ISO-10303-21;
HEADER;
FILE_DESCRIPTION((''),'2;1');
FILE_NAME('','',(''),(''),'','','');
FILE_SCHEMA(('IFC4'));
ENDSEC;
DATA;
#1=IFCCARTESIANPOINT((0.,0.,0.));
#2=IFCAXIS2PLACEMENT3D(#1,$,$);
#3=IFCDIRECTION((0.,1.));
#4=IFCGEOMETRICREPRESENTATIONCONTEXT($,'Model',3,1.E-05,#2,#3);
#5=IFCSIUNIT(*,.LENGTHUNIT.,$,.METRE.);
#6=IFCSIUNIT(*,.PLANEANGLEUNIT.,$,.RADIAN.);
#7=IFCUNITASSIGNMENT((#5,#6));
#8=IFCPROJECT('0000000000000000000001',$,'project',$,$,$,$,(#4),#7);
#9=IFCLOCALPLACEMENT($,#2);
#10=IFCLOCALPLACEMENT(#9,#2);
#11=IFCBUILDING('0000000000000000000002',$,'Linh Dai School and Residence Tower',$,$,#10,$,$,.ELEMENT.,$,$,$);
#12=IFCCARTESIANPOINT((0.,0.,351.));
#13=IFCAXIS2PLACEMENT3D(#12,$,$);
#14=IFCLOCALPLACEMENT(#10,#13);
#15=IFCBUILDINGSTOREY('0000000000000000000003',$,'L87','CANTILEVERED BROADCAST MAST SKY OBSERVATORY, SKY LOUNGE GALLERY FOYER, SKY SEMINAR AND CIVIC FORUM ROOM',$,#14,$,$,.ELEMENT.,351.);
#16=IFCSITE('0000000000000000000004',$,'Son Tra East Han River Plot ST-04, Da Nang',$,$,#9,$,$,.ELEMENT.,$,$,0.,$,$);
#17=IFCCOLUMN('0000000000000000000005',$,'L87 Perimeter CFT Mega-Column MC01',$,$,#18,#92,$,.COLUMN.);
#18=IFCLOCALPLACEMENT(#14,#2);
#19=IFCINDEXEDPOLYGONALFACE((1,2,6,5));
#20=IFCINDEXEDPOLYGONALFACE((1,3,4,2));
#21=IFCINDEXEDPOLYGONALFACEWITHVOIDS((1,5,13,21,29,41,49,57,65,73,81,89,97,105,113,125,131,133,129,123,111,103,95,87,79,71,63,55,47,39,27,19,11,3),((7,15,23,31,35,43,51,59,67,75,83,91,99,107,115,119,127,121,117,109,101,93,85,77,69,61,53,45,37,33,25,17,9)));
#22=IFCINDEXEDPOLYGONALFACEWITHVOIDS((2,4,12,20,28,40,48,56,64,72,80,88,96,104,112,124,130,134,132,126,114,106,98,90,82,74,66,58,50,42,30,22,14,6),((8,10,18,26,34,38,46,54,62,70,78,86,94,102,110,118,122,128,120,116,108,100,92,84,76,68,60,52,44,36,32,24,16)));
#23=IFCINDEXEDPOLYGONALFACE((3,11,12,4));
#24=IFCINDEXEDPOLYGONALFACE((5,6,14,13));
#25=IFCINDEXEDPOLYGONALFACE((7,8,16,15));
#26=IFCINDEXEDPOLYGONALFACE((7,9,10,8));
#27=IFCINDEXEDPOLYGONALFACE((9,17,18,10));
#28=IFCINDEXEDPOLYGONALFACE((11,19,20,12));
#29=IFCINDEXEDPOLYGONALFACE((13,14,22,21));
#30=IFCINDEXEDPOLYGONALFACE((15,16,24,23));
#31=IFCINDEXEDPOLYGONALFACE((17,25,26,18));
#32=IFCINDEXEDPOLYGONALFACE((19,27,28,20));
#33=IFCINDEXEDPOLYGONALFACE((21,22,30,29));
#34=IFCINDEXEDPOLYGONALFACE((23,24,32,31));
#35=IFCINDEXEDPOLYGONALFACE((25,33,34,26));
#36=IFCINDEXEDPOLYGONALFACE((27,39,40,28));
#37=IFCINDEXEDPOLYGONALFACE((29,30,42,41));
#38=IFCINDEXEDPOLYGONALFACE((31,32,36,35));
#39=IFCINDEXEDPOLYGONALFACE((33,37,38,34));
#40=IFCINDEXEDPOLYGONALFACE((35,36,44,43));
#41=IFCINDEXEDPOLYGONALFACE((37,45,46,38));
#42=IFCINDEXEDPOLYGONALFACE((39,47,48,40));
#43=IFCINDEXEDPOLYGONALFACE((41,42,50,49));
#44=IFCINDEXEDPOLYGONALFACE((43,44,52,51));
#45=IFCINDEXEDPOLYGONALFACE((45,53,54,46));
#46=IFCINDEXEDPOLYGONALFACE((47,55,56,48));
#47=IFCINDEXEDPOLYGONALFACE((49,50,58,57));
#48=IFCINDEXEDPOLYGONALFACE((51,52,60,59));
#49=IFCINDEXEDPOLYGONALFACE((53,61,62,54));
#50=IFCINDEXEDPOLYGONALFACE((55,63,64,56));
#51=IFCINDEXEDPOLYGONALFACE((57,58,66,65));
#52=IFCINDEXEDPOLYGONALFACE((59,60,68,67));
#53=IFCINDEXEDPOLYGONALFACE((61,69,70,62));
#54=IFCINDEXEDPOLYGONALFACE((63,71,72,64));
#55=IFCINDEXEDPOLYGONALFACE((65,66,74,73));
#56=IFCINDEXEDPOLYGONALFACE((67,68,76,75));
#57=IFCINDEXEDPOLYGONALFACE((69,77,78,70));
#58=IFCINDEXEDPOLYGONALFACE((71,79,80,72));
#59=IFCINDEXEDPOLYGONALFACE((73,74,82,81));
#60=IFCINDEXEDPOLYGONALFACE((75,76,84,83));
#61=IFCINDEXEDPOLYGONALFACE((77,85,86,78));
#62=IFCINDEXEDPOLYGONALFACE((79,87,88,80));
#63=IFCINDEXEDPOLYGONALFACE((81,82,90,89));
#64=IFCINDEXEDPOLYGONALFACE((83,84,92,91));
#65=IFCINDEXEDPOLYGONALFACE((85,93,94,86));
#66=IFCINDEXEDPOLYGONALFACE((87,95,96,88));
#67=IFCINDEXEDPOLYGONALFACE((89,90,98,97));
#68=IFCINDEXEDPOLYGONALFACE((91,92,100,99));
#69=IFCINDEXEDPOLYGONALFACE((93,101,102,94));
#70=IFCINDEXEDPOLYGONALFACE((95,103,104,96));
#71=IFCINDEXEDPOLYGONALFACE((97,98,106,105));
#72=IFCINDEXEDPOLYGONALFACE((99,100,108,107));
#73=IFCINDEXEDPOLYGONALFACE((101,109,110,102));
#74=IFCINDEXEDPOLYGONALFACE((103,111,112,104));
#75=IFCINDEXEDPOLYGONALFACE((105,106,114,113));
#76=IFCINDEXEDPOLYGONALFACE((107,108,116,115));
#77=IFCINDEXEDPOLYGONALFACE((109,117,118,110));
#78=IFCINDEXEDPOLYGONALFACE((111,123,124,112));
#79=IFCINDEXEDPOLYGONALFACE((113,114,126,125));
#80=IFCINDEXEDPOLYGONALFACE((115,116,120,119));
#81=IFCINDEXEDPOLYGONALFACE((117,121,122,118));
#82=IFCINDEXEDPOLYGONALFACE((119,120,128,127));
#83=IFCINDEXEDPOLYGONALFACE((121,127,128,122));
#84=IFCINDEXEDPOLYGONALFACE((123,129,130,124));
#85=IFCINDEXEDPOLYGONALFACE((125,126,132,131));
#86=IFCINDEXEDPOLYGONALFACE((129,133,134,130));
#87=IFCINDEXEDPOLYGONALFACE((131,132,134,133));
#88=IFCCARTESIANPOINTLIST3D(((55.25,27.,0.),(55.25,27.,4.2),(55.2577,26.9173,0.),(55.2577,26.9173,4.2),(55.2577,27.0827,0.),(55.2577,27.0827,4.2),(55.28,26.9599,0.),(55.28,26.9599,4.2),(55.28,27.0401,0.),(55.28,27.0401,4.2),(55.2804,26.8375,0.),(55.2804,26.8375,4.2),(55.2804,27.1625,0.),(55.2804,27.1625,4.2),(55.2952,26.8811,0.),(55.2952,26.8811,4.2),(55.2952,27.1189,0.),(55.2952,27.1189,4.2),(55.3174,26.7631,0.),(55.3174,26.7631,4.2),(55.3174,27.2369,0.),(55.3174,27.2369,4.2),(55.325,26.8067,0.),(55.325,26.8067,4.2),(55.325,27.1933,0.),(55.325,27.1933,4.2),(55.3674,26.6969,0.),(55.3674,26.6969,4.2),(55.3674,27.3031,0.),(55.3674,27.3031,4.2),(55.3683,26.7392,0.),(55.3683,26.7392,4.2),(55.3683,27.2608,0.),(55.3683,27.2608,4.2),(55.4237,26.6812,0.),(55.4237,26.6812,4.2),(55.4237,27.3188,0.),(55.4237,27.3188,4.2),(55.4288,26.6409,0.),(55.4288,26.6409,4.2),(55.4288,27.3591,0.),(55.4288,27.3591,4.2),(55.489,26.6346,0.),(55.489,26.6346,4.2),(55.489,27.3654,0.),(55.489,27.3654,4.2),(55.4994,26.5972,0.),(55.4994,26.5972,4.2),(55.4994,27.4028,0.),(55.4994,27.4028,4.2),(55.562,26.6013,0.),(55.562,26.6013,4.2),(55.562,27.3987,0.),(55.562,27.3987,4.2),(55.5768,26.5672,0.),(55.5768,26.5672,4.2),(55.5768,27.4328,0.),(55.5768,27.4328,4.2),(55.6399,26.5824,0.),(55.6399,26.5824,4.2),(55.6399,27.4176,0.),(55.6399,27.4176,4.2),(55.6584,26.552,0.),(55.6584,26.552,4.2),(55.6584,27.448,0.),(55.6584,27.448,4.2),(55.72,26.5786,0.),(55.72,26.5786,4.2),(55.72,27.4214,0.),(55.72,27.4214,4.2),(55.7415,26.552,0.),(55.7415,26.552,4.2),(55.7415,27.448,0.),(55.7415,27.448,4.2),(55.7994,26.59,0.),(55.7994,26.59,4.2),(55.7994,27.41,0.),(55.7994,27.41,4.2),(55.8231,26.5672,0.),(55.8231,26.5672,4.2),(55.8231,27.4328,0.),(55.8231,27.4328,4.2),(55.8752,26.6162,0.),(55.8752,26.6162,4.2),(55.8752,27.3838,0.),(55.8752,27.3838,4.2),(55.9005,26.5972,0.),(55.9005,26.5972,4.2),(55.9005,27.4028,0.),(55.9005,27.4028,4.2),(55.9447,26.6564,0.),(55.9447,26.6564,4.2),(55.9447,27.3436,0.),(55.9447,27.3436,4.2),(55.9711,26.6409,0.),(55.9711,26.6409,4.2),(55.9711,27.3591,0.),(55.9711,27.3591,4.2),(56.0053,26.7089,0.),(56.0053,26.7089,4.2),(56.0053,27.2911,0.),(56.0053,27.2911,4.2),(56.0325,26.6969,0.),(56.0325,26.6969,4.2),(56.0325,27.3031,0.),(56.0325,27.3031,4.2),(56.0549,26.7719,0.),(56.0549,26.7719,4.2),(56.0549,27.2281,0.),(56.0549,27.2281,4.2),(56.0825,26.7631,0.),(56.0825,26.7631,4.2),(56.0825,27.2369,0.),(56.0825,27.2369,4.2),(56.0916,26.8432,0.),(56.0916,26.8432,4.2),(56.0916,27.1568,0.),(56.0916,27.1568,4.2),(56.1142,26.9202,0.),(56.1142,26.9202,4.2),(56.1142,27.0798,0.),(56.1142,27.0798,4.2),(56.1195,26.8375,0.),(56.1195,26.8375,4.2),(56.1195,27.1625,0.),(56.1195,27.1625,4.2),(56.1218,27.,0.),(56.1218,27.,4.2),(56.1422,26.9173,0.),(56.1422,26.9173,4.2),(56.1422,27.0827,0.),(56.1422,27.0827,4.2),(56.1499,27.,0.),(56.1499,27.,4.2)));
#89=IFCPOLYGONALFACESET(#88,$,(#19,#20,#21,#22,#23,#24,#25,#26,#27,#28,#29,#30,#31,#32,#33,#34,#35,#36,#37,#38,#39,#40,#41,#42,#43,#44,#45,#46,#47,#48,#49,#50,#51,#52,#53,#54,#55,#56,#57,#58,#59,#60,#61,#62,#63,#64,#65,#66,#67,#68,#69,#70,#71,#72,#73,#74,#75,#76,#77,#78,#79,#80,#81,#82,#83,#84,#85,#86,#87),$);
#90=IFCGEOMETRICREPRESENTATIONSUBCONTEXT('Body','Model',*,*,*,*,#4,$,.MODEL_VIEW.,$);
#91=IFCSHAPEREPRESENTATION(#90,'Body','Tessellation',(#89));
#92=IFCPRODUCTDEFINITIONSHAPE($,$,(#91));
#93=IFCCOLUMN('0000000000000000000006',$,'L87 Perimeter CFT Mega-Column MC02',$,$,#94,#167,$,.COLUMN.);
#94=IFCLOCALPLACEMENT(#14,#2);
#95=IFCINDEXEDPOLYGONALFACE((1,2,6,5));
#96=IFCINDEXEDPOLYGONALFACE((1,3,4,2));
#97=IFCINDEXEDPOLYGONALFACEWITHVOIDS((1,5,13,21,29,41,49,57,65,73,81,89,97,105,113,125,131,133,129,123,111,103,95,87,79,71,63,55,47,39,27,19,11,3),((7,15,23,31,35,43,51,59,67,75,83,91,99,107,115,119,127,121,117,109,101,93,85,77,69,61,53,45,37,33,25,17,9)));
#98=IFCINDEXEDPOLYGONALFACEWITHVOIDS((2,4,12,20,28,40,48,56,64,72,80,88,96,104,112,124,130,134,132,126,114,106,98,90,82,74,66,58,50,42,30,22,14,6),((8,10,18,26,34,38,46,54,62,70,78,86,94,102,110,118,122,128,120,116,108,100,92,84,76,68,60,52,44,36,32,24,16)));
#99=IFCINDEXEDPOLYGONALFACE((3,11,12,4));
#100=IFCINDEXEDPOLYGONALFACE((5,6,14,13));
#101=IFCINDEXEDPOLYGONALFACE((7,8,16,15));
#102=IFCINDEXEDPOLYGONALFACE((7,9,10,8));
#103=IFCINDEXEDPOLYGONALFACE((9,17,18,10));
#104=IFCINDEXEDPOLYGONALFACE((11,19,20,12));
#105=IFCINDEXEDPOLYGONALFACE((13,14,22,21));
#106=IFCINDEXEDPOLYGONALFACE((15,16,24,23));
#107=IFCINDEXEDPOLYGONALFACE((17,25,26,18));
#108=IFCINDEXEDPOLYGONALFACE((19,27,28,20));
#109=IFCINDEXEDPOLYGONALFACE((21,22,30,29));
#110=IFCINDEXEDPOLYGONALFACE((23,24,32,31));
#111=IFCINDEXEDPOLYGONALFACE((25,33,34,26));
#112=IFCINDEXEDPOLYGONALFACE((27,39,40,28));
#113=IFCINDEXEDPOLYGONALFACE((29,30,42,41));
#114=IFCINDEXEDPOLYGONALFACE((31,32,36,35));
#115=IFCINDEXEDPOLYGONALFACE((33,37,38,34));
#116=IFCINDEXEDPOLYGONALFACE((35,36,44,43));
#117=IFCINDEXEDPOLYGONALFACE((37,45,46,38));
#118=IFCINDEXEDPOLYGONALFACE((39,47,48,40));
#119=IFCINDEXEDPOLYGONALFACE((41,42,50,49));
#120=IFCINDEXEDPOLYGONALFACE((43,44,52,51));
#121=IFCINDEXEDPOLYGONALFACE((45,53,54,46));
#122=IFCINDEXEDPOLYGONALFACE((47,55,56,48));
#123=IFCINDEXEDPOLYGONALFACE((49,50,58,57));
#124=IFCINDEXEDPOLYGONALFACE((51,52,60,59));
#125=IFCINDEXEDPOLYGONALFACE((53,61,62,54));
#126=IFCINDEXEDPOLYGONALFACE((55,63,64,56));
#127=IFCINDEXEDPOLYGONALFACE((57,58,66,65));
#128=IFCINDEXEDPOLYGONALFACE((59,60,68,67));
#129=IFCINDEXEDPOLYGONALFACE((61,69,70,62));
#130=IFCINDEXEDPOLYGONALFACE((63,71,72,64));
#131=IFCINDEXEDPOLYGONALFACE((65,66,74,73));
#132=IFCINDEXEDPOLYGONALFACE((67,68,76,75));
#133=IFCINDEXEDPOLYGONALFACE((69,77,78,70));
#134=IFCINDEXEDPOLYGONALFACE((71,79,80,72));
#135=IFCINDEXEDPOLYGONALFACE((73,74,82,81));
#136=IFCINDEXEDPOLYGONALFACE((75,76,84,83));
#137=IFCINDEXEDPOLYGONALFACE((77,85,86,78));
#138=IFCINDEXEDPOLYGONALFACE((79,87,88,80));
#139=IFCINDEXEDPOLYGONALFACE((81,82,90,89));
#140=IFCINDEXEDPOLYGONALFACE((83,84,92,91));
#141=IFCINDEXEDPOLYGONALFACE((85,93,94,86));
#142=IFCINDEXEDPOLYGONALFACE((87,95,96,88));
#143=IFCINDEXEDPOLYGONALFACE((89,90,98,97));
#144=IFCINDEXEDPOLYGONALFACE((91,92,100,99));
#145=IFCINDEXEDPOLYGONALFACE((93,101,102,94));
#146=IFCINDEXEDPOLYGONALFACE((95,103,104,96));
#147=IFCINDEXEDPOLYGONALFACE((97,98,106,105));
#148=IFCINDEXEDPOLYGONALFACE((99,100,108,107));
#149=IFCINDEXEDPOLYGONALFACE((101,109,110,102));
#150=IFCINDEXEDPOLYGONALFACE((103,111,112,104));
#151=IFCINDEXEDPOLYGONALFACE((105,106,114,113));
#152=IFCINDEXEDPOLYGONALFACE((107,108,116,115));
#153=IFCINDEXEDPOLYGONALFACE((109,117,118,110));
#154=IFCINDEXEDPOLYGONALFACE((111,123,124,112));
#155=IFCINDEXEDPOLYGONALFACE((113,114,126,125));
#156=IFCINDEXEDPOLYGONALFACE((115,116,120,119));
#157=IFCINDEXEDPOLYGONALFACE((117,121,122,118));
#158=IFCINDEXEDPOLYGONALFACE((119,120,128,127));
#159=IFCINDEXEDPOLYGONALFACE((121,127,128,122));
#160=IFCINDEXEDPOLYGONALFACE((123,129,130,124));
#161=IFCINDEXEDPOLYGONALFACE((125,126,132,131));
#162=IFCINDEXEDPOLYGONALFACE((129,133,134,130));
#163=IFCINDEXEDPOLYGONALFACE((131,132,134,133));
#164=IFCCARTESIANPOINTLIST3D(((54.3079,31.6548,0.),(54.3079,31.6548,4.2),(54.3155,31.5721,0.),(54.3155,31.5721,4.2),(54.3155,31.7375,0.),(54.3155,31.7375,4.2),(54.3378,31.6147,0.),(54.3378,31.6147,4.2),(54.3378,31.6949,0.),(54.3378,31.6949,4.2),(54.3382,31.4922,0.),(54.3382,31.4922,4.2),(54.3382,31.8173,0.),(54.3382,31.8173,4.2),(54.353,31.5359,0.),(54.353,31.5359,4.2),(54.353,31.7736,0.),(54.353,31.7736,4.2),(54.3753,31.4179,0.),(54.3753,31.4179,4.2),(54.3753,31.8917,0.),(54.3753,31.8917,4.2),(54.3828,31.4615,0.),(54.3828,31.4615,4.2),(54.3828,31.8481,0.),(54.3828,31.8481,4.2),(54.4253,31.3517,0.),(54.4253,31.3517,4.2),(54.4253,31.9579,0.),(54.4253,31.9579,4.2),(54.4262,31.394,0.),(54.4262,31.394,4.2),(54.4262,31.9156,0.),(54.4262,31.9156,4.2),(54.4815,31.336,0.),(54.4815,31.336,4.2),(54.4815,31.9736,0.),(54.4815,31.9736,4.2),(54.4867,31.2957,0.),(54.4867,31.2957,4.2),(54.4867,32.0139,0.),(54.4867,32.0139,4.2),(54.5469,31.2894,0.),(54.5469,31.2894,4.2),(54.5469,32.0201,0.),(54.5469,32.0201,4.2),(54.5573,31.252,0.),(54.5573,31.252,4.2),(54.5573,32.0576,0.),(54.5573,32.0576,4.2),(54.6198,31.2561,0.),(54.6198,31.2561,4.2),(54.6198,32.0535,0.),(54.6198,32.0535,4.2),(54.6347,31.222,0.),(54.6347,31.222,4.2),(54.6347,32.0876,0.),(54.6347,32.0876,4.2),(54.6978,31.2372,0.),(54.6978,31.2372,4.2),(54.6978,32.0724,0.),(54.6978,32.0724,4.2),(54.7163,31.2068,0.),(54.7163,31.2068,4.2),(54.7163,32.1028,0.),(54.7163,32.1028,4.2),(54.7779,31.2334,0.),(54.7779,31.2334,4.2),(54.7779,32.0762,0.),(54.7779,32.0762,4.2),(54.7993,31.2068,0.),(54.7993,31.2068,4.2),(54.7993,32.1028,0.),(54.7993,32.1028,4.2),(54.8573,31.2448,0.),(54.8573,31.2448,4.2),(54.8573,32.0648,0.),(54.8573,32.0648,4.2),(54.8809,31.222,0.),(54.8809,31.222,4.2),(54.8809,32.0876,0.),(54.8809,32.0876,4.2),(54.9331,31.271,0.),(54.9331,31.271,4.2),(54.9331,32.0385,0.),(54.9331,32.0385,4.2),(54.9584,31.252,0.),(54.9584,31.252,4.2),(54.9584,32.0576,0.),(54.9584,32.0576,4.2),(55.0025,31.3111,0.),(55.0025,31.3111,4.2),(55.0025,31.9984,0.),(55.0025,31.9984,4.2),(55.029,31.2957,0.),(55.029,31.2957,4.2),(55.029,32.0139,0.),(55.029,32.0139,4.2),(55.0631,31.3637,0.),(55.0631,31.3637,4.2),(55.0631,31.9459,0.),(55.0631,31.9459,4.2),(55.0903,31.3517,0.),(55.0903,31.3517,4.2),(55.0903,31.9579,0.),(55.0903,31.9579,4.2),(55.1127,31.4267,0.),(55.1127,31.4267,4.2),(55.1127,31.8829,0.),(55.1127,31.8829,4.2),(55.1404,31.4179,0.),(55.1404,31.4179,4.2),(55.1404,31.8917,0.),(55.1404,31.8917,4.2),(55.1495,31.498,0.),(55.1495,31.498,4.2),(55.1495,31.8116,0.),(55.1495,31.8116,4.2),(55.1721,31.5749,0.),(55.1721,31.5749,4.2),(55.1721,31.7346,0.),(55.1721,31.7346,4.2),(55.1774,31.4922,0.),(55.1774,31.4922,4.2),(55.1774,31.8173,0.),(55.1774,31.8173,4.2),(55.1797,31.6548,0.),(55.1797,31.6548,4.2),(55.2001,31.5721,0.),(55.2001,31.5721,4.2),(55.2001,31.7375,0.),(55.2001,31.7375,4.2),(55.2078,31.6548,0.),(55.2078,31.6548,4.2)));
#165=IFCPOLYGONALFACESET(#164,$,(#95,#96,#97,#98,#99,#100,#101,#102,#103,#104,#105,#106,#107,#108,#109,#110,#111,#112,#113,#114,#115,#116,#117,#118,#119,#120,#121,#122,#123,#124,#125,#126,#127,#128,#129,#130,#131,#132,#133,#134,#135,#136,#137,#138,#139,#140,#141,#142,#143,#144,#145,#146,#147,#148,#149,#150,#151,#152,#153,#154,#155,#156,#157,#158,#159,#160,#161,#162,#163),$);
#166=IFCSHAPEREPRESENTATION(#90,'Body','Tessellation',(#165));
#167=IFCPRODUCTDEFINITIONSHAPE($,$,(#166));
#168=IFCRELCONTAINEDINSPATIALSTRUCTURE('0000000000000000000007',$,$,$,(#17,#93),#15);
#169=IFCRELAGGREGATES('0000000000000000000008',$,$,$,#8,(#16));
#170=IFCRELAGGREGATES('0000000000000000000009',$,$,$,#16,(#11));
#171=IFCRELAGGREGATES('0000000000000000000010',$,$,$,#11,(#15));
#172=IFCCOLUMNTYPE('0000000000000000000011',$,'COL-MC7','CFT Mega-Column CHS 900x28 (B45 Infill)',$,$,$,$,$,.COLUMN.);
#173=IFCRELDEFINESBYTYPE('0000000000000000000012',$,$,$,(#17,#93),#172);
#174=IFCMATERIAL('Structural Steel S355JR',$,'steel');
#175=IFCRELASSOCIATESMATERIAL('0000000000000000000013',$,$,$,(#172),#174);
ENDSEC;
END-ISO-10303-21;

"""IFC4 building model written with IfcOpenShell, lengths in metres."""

from ifc_helpers import new_model, si_unit, direction, frame, origin, origin_2d, place, context, subcontext, project, spatial, hollow_circle, extrude, material, material_profile, profile_set, type_object, element, save


model = new_model("IFC4")

# Units and contexts
model_context = context("Model", 3, precision=1e-05, world=origin(), true_north=direction((0.0, 1.0)))
body_context = subcontext(model_context, "Body", "Model", "MODEL_VIEW")
ifc_project = project(units=[si_unit("LENGTHUNIT", "METRE"), si_unit("PLANEANGLEUNIT", "RADIAN")], contexts=[model_context])

# Site, building, storey
site_placement = place(None, origin())
site = spatial("IfcSite", under=ifc_project, at=site_placement, Name="Son Tra East Han River Plot ST-04, Da Nang", CompositionType="ELEMENT", RefElevation=0.0)
building_placement = place(site_placement, origin())
building = spatial("IfcBuilding", under=site, at=building_placement, Name="Linh Dai School and Residence Tower", CompositionType="ELEMENT")
storey_placement = place(building_placement, frame((0.0, 0.0, 351.0)))
storey = spatial("IfcBuildingStorey", under=building, at=storey_placement, Name="L87", Description="CANTILEVERED BROADCAST MAST SKY OBSERVATORY, SKY LOUNGE GALLERY FOYER, SKY SEMINAR AND CIVIC FORUM ROOM", CompositionType="ELEMENT", Elevation=351.0)

# Columns
ifc_material_1 = material(Name="Structural Steel S355JR", Category="steel")
ifc_material_profile_1 = material_profile(ifc_material_1, hollow_circle(Radius=0.45, WallThickness=0.0281, at=origin_2d()), Name="CHS 900x28")
ifc_profile_set_1 = profile_set([ifc_material_profile_1], Name="Structural Steel S355JR")
column_type_1 = type_object("IfcColumnType", Name="COL-MC7", Description="CFT Mega-Column CHS 900x28 (B45 Infill)", PredefinedType="COLUMN", material=ifc_profile_set_1)
for number, where, z_axis, x_axis, name in (
    (1, (55.7, 27.0, 0.0), (0.0, 0.0, 1.0), (1.0, 0.0, 0.0), "L87 Perimeter CFT Mega-Column MC01"),
    (2, (54.7578, 31.6548, 0.0), (0.0, 0.0, 1.0), (1.0, 0.0, 0.0), "L87 Perimeter CFT Mega-Column MC02"),
):
    element("IfcColumn", number, at=place(storey_placement, frame(where, z_axis=z_axis, x_axis=x_axis)), inside=storey, type_object=column_type_1, Name=name, PredefinedType="COLUMN", context=body_context, shape_type="SweptSolid", body=[
        extrude(hollow_circle(Radius=0.45, WallThickness=0.0281, at=origin_2d()), origin(), (0.0, 0.0, 1.0), 4.2),
    ])

save(model, "model.ifc")
